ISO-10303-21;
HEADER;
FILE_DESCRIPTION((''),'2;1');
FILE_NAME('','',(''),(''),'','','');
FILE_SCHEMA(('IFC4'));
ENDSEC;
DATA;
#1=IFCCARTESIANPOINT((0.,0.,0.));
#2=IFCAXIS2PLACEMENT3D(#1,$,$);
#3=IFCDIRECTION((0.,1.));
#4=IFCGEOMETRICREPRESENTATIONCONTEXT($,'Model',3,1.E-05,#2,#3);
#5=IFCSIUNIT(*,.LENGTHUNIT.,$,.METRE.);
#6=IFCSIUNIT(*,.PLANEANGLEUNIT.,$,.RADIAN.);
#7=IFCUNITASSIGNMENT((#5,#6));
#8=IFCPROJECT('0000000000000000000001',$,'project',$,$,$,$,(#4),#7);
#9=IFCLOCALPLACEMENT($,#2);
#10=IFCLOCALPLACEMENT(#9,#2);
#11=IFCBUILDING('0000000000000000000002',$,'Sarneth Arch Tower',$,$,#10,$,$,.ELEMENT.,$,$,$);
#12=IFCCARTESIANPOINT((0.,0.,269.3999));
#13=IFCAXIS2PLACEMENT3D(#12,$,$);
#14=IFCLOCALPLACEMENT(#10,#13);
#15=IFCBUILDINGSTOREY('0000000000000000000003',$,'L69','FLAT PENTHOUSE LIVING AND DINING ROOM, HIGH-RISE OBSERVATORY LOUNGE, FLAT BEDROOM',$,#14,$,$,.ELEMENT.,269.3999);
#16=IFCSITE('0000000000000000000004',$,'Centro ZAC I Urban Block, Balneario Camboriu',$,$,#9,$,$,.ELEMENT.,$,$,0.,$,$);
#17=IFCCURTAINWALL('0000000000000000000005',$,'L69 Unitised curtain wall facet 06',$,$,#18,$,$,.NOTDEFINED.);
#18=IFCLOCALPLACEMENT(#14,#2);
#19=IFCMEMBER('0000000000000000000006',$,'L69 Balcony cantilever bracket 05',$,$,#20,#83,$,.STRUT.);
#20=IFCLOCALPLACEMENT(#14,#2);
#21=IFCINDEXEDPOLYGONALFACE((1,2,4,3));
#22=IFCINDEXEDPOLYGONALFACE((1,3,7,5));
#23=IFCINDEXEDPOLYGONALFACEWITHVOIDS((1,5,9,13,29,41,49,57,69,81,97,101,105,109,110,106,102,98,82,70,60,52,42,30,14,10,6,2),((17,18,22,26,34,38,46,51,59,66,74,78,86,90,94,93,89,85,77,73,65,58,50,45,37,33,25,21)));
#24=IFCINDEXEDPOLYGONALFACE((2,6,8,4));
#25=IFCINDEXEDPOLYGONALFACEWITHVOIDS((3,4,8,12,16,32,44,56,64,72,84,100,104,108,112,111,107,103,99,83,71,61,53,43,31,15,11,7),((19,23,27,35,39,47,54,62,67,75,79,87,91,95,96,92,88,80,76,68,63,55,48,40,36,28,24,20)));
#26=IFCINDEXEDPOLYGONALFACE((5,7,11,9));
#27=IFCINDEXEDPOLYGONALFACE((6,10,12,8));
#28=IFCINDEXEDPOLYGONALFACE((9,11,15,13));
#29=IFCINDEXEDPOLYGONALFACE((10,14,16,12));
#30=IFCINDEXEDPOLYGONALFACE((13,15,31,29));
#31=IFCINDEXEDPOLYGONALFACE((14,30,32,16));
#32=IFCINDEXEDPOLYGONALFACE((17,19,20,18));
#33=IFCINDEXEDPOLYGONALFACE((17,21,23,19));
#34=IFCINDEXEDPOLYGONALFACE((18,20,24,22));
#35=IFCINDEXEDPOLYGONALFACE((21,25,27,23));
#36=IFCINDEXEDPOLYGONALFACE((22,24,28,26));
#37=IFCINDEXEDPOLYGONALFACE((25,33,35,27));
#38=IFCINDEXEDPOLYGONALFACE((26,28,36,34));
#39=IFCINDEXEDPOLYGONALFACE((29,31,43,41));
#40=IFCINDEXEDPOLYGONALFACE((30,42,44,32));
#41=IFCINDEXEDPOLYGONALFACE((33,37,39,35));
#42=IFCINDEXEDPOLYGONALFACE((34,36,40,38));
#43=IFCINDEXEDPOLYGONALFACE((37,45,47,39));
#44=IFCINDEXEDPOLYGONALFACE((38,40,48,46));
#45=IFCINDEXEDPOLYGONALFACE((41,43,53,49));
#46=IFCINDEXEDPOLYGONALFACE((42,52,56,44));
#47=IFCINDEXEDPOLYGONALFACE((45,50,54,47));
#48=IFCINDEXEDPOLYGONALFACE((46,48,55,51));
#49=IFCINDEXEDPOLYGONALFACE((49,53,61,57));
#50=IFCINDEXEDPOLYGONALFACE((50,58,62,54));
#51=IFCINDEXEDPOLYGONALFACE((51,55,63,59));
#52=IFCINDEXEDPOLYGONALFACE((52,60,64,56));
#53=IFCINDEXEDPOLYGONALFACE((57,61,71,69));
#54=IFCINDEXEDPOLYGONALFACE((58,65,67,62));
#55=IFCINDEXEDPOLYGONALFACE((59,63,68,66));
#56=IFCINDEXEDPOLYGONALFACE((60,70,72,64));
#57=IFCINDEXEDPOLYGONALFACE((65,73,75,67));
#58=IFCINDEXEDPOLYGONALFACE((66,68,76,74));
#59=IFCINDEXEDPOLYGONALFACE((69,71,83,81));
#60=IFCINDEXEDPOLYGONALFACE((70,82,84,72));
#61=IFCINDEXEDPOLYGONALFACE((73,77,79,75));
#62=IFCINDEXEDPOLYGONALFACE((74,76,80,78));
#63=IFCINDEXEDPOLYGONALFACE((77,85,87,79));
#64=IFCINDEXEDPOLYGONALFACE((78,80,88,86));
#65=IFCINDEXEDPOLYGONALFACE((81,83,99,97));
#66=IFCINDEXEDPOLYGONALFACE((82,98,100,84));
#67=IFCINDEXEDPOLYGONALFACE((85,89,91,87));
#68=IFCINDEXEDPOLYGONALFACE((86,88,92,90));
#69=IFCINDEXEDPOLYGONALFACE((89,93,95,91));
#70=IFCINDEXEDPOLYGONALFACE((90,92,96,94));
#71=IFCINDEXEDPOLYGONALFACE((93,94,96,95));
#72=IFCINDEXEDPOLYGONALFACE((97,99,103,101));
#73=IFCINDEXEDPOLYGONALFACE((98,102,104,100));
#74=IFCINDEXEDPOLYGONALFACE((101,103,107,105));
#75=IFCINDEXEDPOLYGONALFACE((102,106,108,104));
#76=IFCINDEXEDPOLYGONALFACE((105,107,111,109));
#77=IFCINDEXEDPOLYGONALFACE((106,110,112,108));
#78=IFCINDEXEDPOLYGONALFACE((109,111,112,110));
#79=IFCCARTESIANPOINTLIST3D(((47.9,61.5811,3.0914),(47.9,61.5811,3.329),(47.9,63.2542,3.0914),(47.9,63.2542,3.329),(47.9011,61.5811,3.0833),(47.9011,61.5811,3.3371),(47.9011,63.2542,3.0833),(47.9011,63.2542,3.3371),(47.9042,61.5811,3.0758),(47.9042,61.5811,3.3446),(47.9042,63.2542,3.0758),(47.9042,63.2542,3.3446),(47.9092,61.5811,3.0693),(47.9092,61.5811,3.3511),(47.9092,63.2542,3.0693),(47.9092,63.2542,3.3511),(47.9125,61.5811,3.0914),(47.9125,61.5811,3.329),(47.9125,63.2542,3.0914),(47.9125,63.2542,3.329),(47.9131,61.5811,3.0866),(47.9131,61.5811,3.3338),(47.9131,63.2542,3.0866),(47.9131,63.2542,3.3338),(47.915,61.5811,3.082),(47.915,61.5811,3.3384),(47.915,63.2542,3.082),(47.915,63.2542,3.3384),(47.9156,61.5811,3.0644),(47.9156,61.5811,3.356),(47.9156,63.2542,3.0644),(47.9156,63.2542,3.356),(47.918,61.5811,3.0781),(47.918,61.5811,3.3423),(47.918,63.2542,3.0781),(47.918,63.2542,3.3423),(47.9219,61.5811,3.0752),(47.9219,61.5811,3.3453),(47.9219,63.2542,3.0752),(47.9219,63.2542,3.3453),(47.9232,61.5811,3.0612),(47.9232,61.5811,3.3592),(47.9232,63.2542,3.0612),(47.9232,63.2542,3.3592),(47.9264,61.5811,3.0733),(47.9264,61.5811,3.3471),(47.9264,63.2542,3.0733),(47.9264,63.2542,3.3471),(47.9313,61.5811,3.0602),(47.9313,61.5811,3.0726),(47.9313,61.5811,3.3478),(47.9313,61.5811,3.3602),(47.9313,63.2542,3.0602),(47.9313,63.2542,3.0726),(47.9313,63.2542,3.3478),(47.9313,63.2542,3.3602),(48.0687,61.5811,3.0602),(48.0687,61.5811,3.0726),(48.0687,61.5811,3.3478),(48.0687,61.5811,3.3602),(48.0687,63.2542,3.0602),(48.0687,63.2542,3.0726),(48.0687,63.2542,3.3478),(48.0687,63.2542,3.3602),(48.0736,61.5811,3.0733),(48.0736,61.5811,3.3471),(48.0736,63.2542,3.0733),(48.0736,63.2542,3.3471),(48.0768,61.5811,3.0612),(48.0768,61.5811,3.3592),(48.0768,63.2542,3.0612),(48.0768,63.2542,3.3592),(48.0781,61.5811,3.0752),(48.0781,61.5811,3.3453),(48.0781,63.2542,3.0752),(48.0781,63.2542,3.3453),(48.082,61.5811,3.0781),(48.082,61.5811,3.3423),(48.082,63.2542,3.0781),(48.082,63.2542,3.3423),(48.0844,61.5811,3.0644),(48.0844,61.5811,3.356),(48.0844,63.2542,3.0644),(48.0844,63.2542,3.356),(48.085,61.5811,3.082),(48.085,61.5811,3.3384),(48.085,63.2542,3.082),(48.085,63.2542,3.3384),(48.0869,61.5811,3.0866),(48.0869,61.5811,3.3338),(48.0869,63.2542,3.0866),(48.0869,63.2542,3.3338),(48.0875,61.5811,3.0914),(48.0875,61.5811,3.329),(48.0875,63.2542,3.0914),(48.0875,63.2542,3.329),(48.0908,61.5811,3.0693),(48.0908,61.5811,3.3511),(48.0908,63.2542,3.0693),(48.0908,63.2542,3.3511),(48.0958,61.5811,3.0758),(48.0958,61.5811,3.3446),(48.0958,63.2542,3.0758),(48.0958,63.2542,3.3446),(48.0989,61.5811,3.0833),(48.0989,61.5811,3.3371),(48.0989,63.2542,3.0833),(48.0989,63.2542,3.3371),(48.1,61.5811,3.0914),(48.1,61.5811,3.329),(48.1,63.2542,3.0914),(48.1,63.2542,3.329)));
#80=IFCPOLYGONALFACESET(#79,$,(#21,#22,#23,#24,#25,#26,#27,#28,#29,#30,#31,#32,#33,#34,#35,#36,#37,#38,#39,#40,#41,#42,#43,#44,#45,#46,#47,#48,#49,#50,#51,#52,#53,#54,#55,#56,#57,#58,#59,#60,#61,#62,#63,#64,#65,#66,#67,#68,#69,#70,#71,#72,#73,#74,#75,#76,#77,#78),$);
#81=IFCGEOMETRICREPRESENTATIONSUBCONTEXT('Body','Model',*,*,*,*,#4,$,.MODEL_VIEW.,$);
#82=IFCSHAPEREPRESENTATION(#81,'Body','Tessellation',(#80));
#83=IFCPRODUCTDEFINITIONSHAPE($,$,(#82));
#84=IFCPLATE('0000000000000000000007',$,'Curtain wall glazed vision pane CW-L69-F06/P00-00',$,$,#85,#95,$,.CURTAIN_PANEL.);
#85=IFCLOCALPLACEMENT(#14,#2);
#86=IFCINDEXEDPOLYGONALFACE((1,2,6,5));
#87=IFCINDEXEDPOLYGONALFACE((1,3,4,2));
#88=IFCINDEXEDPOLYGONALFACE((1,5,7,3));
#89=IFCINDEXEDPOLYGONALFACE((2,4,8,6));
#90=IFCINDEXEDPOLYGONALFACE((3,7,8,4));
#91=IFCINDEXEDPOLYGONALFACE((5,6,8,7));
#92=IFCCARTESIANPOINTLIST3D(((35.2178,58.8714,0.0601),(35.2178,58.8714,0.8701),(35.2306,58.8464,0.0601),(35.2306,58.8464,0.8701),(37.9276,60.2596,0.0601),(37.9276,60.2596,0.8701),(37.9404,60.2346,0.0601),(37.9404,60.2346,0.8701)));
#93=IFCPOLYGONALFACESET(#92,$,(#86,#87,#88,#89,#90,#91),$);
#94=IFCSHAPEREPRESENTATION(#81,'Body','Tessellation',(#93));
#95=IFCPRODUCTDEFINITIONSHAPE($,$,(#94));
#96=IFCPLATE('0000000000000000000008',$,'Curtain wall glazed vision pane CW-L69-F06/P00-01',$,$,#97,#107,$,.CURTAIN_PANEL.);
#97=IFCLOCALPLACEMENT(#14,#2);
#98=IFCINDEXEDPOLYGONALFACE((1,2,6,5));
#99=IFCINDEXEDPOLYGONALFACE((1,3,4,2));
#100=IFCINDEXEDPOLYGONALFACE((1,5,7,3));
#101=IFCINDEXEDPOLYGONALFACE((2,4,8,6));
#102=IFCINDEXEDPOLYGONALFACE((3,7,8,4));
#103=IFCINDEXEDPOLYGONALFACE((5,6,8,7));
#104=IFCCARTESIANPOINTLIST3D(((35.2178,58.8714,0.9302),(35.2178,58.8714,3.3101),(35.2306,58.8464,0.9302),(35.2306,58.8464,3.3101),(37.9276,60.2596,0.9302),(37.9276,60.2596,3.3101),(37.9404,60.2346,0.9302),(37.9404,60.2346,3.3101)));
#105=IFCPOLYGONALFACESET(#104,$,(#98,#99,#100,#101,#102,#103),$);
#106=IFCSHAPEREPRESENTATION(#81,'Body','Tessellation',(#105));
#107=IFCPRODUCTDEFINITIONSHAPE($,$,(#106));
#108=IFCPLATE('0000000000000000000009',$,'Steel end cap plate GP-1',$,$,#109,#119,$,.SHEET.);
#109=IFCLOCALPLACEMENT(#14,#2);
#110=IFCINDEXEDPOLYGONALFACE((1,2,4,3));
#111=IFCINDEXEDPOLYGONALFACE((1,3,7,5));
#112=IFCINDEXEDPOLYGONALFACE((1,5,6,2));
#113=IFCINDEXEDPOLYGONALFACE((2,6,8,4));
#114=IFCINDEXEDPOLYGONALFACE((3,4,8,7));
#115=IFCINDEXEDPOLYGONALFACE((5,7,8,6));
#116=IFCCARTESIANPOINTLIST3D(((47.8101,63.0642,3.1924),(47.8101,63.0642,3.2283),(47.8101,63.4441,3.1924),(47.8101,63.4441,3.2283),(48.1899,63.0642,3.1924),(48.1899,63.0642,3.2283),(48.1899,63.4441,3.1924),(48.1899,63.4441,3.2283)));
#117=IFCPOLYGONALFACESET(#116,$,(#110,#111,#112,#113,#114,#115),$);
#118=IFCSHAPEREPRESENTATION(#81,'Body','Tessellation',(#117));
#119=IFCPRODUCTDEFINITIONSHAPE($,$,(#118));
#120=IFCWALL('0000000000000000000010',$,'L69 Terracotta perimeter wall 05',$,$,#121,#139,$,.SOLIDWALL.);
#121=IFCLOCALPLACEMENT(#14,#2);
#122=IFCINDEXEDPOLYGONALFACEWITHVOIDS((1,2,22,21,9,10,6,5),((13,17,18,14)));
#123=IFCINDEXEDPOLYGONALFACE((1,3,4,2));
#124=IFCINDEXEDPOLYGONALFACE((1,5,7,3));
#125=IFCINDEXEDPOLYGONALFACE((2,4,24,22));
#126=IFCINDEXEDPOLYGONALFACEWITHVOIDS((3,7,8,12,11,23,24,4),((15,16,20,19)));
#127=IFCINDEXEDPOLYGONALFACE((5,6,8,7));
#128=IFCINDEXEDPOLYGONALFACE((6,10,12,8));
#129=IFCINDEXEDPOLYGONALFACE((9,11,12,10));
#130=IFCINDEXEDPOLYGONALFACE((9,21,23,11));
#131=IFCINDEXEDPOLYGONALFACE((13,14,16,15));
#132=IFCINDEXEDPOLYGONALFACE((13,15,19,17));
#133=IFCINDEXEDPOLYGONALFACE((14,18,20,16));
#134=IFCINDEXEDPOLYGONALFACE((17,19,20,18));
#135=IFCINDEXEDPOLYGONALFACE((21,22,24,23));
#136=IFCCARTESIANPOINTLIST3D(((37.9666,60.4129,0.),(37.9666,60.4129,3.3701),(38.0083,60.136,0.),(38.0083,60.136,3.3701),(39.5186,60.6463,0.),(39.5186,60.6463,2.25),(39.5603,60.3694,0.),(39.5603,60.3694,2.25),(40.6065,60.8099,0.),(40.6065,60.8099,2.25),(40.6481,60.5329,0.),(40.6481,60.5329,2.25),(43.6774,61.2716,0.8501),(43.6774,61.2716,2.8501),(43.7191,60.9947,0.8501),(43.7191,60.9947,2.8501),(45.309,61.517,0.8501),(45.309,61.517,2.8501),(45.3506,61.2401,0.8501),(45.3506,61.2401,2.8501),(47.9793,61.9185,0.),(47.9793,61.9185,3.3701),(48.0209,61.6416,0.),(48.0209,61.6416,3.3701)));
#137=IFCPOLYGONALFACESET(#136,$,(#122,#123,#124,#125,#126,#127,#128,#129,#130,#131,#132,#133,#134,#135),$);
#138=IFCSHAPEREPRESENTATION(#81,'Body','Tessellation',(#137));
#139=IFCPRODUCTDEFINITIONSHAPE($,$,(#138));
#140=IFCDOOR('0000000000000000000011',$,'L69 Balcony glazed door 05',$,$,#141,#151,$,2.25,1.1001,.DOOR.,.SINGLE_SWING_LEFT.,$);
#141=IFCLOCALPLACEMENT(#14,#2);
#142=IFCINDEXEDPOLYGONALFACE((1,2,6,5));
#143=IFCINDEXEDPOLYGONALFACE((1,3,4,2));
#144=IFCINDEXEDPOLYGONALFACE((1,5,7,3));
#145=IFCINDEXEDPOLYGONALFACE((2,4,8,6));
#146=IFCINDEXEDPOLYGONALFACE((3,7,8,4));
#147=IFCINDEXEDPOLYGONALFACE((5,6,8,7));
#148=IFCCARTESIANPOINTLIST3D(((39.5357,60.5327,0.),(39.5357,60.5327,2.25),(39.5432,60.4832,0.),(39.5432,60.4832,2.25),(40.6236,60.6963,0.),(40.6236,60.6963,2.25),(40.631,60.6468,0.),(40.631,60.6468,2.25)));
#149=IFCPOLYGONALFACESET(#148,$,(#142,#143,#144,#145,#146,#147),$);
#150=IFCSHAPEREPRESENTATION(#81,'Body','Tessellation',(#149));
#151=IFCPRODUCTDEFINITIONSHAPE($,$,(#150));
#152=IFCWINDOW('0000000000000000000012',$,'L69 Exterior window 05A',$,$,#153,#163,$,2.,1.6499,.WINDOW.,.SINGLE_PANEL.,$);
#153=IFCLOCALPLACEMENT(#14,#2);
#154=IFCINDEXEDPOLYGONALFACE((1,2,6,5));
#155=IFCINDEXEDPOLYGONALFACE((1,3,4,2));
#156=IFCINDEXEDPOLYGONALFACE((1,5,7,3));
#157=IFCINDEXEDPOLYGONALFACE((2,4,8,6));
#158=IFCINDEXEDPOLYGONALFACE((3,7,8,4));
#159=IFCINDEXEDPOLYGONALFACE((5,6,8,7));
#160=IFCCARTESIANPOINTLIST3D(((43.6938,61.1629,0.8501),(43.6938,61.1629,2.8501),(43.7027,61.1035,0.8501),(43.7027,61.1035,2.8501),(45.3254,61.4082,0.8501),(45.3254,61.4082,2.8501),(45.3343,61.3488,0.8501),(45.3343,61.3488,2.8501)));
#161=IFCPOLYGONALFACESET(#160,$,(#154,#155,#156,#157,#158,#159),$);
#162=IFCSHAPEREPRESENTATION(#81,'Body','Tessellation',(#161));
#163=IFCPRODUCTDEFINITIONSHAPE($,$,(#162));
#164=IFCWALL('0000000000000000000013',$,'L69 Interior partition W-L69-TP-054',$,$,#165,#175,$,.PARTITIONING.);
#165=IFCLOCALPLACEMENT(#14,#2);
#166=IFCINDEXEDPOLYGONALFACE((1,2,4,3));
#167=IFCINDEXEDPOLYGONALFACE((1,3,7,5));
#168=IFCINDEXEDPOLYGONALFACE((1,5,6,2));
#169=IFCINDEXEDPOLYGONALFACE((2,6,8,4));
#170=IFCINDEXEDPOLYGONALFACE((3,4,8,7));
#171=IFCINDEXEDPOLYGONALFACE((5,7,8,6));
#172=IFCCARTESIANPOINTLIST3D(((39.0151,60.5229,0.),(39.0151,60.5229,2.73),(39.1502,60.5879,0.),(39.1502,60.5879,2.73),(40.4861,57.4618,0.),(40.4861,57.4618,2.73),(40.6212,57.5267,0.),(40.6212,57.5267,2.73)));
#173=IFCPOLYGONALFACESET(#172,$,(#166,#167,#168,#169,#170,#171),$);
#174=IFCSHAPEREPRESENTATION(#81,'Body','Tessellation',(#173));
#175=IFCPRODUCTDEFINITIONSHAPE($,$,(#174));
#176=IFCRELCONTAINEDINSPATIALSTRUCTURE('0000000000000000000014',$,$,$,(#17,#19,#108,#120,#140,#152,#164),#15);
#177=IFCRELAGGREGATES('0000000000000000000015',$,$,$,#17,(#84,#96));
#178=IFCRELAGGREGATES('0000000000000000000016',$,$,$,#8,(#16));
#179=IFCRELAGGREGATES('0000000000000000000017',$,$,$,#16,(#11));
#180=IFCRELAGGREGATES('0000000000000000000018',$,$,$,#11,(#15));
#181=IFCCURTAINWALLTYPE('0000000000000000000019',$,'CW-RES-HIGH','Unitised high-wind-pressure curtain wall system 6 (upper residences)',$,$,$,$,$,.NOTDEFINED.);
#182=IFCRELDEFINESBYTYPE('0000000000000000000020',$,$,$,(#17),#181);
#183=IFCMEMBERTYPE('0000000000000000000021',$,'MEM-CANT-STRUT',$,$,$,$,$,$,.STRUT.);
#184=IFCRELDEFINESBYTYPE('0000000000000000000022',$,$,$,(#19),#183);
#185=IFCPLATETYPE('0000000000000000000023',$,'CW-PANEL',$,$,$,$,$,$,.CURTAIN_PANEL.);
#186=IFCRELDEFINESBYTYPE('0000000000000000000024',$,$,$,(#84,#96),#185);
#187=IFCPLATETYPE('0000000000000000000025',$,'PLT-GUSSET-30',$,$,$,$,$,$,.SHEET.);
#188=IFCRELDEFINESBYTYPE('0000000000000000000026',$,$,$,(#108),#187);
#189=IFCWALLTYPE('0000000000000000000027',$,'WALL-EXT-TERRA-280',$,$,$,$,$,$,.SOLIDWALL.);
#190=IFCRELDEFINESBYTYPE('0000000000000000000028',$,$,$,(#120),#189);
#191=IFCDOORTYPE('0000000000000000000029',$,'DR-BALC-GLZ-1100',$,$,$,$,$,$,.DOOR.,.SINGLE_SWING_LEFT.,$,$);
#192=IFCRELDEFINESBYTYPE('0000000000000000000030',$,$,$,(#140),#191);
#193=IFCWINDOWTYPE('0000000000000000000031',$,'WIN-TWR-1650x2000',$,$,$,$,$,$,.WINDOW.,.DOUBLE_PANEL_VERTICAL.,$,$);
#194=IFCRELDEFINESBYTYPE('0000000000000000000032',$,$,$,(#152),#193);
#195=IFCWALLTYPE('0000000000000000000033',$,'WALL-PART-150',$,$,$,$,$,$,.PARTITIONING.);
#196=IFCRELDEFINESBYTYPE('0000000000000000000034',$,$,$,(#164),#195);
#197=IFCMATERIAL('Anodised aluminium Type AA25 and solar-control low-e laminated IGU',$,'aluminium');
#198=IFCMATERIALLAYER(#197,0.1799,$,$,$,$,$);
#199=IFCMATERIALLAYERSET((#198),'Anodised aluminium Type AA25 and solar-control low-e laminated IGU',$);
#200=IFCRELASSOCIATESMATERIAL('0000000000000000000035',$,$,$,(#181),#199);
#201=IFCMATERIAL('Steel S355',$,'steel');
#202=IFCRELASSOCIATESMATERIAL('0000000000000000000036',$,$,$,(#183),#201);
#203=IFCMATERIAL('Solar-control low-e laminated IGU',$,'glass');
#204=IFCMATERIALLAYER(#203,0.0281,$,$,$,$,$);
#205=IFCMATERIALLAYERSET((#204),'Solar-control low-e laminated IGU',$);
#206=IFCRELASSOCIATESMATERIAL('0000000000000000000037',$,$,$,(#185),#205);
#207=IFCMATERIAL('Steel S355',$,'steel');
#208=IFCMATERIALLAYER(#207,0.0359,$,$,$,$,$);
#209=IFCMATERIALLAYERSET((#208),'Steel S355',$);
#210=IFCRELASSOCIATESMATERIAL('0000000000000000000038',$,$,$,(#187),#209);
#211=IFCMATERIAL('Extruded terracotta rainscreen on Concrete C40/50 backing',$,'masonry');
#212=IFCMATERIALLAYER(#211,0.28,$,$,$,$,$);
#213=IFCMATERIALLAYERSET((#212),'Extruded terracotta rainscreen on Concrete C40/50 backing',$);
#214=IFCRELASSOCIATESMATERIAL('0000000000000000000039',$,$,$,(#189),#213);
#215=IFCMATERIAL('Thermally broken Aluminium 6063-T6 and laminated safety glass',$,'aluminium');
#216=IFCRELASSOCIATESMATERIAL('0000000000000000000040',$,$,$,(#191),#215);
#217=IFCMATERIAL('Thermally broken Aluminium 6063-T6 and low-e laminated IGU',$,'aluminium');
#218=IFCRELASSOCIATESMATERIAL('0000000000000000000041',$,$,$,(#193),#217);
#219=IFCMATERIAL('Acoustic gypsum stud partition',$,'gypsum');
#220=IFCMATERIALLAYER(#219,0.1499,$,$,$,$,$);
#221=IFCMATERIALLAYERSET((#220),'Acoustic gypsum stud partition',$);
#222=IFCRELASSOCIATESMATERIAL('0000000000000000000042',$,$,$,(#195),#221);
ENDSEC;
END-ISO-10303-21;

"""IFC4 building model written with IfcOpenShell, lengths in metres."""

from ifc_helpers import new_model, si_unit, direction, frame, frame_2d, origin, origin_2d, place, context, subcontext, project, spatial, rectangle, hollow_rectangle, extrude, material, layer, layer_set, material_profile, profile_set, type_object, element, fill, aggregate, save


model = new_model("IFC4")

# Units and contexts
model_context = context("Model", 3, precision=1e-05, world=origin(), true_north=direction((0.0, 1.0)))
body_context = subcontext(model_context, "Body", "Model", "MODEL_VIEW")
ifc_project = project(units=[si_unit("LENGTHUNIT", "METRE"), si_unit("PLANEANGLEUNIT", "RADIAN")], contexts=[model_context])

# Site, building, storey
site_placement = place(None, origin())
site = spatial("IfcSite", under=ifc_project, at=site_placement, Name="Centro ZAC I Urban Block, Balneario Camboriu", CompositionType="ELEMENT", RefElevation=0.0)
building_placement = place(site_placement, origin())
building = spatial("IfcBuilding", under=site, at=building_placement, Name="Sarneth Arch Tower", CompositionType="ELEMENT")
storey_placement = place(building_placement, frame((0.0, 0.0, 269.3999)))
storey = spatial("IfcBuildingStorey", under=building, at=storey_placement, Name="L69", Description="FLAT PENTHOUSE LIVING AND DINING ROOM, HIGH-RISE OBSERVATORY LOUNGE, FLAT BEDROOM", CompositionType="ELEMENT", Elevation=269.3999)

# Curtain wall
ifc_material_1 = material(Name="Anodised aluminium Type AA25 and solar-control low-e laminated IGU", Category="aluminium")
ifc_layer_1 = layer(ifc_material_1, 0.1799)
ifc_layer_set_1 = layer_set([ifc_layer_1], Name="Anodised aluminium Type AA25 and solar-control low-e laminated IGU")
curtain_wall_type = type_object("IfcCurtainWallType", Name="CW-RES-HIGH", Description="Unitised high-wind-pressure curtain wall system 6 (upper residences)", PredefinedType="NOTDEFINED", material=ifc_layer_set_1)
curtain_wall_placement = place(storey_placement, origin())
curtain_wall = element("IfcCurtainWall", 1, at=curtain_wall_placement, inside=storey, type_object=curtain_wall_type, Name="L69 Unitised curtain wall facet 06", PredefinedType="NOTDEFINED")

# Member
ifc_material_2 = material(Name="Steel S355", Category="steel")
ifc_material_profile_1 = material_profile(ifc_material_2, hollow_rectangle(XDim=0.2, YDim=0.3, WallThickness=0.0125, InnerFilletRadius=0.0188, OuterFilletRadius=0.0312, at=origin_2d()), Name="RHS300x200x12.5")
ifc_profile_set_1 = profile_set([ifc_material_profile_1], Name="Steel S355")
member_type_1 = type_object("IfcMemberType", Name="MEM-CANT-STRUT", PredefinedType="STRUT", material=ifc_profile_set_1)
member_1_placement = place(storey_placement, frame((48.0, 61.5811, 3.2102), z_axis=(0.0, 1.0, 0.0), x_axis=(-1.0, 0.0, 0.0)))
element("IfcMember", 2, at=member_1_placement, inside=storey, type_object=member_type_1, Name="L69 Balcony cantilever bracket 05", PredefinedType="STRUT", context=body_context, shape_type="SweptSolid", body=[
    extrude(hollow_rectangle(XDim=0.2, YDim=0.3, WallThickness=0.0125, InnerFilletRadius=0.0188, OuterFilletRadius=0.0312, at=origin_2d()), origin(), (0.0, 0.0, 1.0), 1.6731),
])

# Plates
ifc_material_3 = material(Name="Solar-control low-e laminated IGU", Category="glass")
ifc_layer_2 = layer(ifc_material_3, 0.0281)
ifc_layer_set_2 = layer_set([ifc_layer_2], Name="Solar-control low-e laminated IGU")
plate_type_1 = type_object("IfcPlateType", Name="CW-PANEL", PredefinedType="CURTAIN_PANEL", material=ifc_layer_set_2)
plate_1_placement = place(storey_placement, frame((36.5791, 59.553, 0.0601), z_axis=(0.0, 0.0, 1.0), x_axis=(-0.89001, -0.455942, 0.0)))
plate_1 = element("IfcPlate", 3, at=plate_1_placement, type_object=plate_type_1, Name="Curtain wall glazed vision pane CW-L69-F06/P00-00", PredefinedType="CURTAIN_PANEL", context=body_context, shape_type="SweptSolid", body=[
    extrude(rectangle(XDim=3.0447, YDim=0.0281, at=origin_2d()), origin(), (0.0, 0.0, 1.0), 0.8101),
])
plate_2_placement = place(storey_placement, frame((36.5791, 59.553, 0.9302), z_axis=(0.0, 0.0, 1.0), x_axis=(-0.89001, -0.455942, 0.0)))
plate_2 = element("IfcPlate", 4, at=plate_2_placement, type_object=plate_type_1, Name="Curtain wall glazed vision pane CW-L69-F06/P00-01", PredefinedType="CURTAIN_PANEL", context=body_context, shape_type="SweptSolid", body=[
    extrude(rectangle(XDim=3.0447, YDim=0.0281, at=origin_2d()), origin(), (0.0, 0.0, 1.0), 2.3799),
])
aggregate(curtain_wall, [plate_1, plate_2])
ifc_material_4 = material(Name="Steel S355", Category="steel")
ifc_layer_3 = layer(ifc_material_4, 0.0359)
ifc_layer_set_3 = layer_set([ifc_layer_3], Name="Steel S355")
plate_type_2 = type_object("IfcPlateType", Name="PLT-GUSSET-30", PredefinedType="SHEET", material=ifc_layer_set_3)
plate_3_placement = place(storey_placement, frame((48.0, 63.2542, 3.1924), z_axis=(0.0, 0.0, 1.0), x_axis=(0.0, 1.0, 0.0)))
element("IfcPlate", 5, at=plate_3_placement, inside=storey, type_object=plate_type_2, Name="Steel end cap plate GP-1", PredefinedType="SHEET", context=body_context, shape_type="SweptSolid", body=[
    extrude(rectangle(XDim=0.3799, YDim=0.3799, at=origin_2d()), origin(), (0.0, 0.0, 1.0), 0.0359),
])

# Wall, openings, door, window
ifc_material_5 = material(Name="Extruded terracotta rainscreen on Concrete C40/50 backing", Category="masonry")
ifc_layer_4 = layer(ifc_material_5, 0.28)
ifc_layer_set_4 = layer_set([ifc_layer_4], Name="Extruded terracotta rainscreen on Concrete C40/50 backing")
wall_type_1 = type_object("IfcWallType", Name="WALL-EXT-TERRA-280", PredefinedType="SOLIDWALL", material=ifc_layer_set_4)
wall_1_placement = place(storey_placement, frame((48.0, 61.78, 0.0), z_axis=(0.0, 0.0, 1.0), x_axis=(-0.988883, -0.148699, 0.0)))
wall_1 = element("IfcWall", 6, at=wall_1_placement, inside=storey, type_object=wall_type_1, Name="L69 Terracotta perimeter wall 05", PredefinedType="SOLIDWALL", context=body_context, shape_type="SweptSolid", body=[
    extrude(rectangle(XDim=10.1252, YDim=0.28, at=frame_2d((5.0625, 0.0))), origin(), (0.0, 0.0, 1.0), 3.3701),
])
opening_1_placement = place(wall_1_placement, frame((2.7002, 0.0, 0.8501)))
opening_1 = element("IfcOpeningElement", 7, at=opening_1_placement, cuts=wall_1, PredefinedType="OPENING", context=body_context, shape_type="SweptSolid", body=[
    extrude(rectangle(XDim=1.6499, YDim=2.0, at=frame_2d((0.825, 1.0))), frame((0.0, 0.1499, 0.0), z_axis=(0.0, -1.0, 0.0), x_axis=(1.0, 0.0, 0.0)), (0.0, 0.0, 1.0), 0.3),
])
opening_2_placement = place(wall_1_placement, frame((7.4556, 0.0, 0.0)))
opening_2 = element("IfcOpeningElement", 8, at=opening_2_placement, cuts=wall_1, PredefinedType="OPENING", context=body_context, shape_type="SweptSolid", body=[
    extrude(rectangle(XDim=1.1001, YDim=2.25, at=frame_2d((0.55, 1.125))), frame((0.0, 0.1499, 0.0), z_axis=(0.0, -1.0, 0.0), x_axis=(1.0, 0.0, 0.0)), (0.0, 0.0, 1.0), 0.3),
])
ifc_material_6 = material(Name="Thermally broken Aluminium 6063-T6 and laminated safety glass", Category="aluminium")
door_type_1 = type_object("IfcDoorType", Name="DR-BALC-GLZ-1100", OperationType="SINGLE_SWING_LEFT", PredefinedType="DOOR", material=ifc_material_6)
door_1_placement = place(opening_2_placement, origin())
door_1 = element("IfcDoor", 9, at=door_1_placement, inside=storey, type_object=door_type_1, Name="L69 Balcony glazed door 05", OperationType="SINGLE_SWING_LEFT", OverallHeight=2.25, OverallWidth=1.1001, PredefinedType="DOOR", context=body_context, shape_type="SweptSolid", body=[
    extrude(rectangle(XDim=1.1001, YDim=2.25, at=frame_2d((0.55, 1.125))), frame((0.0, 0.0249, 0.0), z_axis=(0.0, -1.0, 0.0), x_axis=(1.0, 0.0, 0.0)), (0.0, 0.0, 1.0), 0.05),
])
fill(opening_2, door_1)
ifc_material_7 = material(Name="Thermally broken Aluminium 6063-T6 and low-e laminated IGU", Category="aluminium")
window_type = type_object("IfcWindowType", Name="WIN-TWR-1650x2000", PartitioningType="DOUBLE_PANEL_VERTICAL", PredefinedType="WINDOW", material=ifc_material_7)
window_placement = place(opening_1_placement, origin())
window = element("IfcWindow", 10, at=window_placement, inside=storey, type_object=window_type, Name="L69 Exterior window 05A", OverallHeight=2.0, OverallWidth=1.6499, PartitioningType="SINGLE_PANEL", PredefinedType="WINDOW", context=body_context, shape_type="SweptSolid", body=[
    extrude(rectangle(XDim=1.6499, YDim=2.0, at=frame_2d((0.825, 1.0))), frame((0.0, 0.03, 0.0), z_axis=(0.0, -1.0, 0.0), x_axis=(1.0, 0.0, 0.0)), (0.0, 0.0, 1.0), 0.0601),
])
fill(opening_1, window)

# Wall
ifc_material_8 = material(Name="Acoustic gypsum stud partition", Category="gypsum")
ifc_layer_5 = layer(ifc_material_8, 0.1499)
ifc_layer_set_5 = layer_set([ifc_layer_5], Name="Acoustic gypsum stud partition")
wall_type_2 = type_object("IfcWallType", Name="WALL-PART-150", PredefinedType="PARTITIONING", material=ifc_layer_set_5)
wall_2_placement = place(storey_placement, frame((40.5537, 57.4941, 0.0), z_axis=(0.0, 0.0, 1.0), x_axis=(-0.433126, 0.901333, 0.0)))
element("IfcWall", 11, at=wall_2_placement, inside=storey, type_object=wall_type_2, Name="L69 Interior partition W-L69-TP-054", PredefinedType="PARTITIONING", context=body_context, shape_type="SweptSolid", body=[
    extrude(rectangle(XDim=3.3962, YDim=0.1499, at=frame_2d((1.6982, 0.0))), origin(), (0.0, 0.0, 1.0), 2.73),
])

save(model, "model.ifc")
